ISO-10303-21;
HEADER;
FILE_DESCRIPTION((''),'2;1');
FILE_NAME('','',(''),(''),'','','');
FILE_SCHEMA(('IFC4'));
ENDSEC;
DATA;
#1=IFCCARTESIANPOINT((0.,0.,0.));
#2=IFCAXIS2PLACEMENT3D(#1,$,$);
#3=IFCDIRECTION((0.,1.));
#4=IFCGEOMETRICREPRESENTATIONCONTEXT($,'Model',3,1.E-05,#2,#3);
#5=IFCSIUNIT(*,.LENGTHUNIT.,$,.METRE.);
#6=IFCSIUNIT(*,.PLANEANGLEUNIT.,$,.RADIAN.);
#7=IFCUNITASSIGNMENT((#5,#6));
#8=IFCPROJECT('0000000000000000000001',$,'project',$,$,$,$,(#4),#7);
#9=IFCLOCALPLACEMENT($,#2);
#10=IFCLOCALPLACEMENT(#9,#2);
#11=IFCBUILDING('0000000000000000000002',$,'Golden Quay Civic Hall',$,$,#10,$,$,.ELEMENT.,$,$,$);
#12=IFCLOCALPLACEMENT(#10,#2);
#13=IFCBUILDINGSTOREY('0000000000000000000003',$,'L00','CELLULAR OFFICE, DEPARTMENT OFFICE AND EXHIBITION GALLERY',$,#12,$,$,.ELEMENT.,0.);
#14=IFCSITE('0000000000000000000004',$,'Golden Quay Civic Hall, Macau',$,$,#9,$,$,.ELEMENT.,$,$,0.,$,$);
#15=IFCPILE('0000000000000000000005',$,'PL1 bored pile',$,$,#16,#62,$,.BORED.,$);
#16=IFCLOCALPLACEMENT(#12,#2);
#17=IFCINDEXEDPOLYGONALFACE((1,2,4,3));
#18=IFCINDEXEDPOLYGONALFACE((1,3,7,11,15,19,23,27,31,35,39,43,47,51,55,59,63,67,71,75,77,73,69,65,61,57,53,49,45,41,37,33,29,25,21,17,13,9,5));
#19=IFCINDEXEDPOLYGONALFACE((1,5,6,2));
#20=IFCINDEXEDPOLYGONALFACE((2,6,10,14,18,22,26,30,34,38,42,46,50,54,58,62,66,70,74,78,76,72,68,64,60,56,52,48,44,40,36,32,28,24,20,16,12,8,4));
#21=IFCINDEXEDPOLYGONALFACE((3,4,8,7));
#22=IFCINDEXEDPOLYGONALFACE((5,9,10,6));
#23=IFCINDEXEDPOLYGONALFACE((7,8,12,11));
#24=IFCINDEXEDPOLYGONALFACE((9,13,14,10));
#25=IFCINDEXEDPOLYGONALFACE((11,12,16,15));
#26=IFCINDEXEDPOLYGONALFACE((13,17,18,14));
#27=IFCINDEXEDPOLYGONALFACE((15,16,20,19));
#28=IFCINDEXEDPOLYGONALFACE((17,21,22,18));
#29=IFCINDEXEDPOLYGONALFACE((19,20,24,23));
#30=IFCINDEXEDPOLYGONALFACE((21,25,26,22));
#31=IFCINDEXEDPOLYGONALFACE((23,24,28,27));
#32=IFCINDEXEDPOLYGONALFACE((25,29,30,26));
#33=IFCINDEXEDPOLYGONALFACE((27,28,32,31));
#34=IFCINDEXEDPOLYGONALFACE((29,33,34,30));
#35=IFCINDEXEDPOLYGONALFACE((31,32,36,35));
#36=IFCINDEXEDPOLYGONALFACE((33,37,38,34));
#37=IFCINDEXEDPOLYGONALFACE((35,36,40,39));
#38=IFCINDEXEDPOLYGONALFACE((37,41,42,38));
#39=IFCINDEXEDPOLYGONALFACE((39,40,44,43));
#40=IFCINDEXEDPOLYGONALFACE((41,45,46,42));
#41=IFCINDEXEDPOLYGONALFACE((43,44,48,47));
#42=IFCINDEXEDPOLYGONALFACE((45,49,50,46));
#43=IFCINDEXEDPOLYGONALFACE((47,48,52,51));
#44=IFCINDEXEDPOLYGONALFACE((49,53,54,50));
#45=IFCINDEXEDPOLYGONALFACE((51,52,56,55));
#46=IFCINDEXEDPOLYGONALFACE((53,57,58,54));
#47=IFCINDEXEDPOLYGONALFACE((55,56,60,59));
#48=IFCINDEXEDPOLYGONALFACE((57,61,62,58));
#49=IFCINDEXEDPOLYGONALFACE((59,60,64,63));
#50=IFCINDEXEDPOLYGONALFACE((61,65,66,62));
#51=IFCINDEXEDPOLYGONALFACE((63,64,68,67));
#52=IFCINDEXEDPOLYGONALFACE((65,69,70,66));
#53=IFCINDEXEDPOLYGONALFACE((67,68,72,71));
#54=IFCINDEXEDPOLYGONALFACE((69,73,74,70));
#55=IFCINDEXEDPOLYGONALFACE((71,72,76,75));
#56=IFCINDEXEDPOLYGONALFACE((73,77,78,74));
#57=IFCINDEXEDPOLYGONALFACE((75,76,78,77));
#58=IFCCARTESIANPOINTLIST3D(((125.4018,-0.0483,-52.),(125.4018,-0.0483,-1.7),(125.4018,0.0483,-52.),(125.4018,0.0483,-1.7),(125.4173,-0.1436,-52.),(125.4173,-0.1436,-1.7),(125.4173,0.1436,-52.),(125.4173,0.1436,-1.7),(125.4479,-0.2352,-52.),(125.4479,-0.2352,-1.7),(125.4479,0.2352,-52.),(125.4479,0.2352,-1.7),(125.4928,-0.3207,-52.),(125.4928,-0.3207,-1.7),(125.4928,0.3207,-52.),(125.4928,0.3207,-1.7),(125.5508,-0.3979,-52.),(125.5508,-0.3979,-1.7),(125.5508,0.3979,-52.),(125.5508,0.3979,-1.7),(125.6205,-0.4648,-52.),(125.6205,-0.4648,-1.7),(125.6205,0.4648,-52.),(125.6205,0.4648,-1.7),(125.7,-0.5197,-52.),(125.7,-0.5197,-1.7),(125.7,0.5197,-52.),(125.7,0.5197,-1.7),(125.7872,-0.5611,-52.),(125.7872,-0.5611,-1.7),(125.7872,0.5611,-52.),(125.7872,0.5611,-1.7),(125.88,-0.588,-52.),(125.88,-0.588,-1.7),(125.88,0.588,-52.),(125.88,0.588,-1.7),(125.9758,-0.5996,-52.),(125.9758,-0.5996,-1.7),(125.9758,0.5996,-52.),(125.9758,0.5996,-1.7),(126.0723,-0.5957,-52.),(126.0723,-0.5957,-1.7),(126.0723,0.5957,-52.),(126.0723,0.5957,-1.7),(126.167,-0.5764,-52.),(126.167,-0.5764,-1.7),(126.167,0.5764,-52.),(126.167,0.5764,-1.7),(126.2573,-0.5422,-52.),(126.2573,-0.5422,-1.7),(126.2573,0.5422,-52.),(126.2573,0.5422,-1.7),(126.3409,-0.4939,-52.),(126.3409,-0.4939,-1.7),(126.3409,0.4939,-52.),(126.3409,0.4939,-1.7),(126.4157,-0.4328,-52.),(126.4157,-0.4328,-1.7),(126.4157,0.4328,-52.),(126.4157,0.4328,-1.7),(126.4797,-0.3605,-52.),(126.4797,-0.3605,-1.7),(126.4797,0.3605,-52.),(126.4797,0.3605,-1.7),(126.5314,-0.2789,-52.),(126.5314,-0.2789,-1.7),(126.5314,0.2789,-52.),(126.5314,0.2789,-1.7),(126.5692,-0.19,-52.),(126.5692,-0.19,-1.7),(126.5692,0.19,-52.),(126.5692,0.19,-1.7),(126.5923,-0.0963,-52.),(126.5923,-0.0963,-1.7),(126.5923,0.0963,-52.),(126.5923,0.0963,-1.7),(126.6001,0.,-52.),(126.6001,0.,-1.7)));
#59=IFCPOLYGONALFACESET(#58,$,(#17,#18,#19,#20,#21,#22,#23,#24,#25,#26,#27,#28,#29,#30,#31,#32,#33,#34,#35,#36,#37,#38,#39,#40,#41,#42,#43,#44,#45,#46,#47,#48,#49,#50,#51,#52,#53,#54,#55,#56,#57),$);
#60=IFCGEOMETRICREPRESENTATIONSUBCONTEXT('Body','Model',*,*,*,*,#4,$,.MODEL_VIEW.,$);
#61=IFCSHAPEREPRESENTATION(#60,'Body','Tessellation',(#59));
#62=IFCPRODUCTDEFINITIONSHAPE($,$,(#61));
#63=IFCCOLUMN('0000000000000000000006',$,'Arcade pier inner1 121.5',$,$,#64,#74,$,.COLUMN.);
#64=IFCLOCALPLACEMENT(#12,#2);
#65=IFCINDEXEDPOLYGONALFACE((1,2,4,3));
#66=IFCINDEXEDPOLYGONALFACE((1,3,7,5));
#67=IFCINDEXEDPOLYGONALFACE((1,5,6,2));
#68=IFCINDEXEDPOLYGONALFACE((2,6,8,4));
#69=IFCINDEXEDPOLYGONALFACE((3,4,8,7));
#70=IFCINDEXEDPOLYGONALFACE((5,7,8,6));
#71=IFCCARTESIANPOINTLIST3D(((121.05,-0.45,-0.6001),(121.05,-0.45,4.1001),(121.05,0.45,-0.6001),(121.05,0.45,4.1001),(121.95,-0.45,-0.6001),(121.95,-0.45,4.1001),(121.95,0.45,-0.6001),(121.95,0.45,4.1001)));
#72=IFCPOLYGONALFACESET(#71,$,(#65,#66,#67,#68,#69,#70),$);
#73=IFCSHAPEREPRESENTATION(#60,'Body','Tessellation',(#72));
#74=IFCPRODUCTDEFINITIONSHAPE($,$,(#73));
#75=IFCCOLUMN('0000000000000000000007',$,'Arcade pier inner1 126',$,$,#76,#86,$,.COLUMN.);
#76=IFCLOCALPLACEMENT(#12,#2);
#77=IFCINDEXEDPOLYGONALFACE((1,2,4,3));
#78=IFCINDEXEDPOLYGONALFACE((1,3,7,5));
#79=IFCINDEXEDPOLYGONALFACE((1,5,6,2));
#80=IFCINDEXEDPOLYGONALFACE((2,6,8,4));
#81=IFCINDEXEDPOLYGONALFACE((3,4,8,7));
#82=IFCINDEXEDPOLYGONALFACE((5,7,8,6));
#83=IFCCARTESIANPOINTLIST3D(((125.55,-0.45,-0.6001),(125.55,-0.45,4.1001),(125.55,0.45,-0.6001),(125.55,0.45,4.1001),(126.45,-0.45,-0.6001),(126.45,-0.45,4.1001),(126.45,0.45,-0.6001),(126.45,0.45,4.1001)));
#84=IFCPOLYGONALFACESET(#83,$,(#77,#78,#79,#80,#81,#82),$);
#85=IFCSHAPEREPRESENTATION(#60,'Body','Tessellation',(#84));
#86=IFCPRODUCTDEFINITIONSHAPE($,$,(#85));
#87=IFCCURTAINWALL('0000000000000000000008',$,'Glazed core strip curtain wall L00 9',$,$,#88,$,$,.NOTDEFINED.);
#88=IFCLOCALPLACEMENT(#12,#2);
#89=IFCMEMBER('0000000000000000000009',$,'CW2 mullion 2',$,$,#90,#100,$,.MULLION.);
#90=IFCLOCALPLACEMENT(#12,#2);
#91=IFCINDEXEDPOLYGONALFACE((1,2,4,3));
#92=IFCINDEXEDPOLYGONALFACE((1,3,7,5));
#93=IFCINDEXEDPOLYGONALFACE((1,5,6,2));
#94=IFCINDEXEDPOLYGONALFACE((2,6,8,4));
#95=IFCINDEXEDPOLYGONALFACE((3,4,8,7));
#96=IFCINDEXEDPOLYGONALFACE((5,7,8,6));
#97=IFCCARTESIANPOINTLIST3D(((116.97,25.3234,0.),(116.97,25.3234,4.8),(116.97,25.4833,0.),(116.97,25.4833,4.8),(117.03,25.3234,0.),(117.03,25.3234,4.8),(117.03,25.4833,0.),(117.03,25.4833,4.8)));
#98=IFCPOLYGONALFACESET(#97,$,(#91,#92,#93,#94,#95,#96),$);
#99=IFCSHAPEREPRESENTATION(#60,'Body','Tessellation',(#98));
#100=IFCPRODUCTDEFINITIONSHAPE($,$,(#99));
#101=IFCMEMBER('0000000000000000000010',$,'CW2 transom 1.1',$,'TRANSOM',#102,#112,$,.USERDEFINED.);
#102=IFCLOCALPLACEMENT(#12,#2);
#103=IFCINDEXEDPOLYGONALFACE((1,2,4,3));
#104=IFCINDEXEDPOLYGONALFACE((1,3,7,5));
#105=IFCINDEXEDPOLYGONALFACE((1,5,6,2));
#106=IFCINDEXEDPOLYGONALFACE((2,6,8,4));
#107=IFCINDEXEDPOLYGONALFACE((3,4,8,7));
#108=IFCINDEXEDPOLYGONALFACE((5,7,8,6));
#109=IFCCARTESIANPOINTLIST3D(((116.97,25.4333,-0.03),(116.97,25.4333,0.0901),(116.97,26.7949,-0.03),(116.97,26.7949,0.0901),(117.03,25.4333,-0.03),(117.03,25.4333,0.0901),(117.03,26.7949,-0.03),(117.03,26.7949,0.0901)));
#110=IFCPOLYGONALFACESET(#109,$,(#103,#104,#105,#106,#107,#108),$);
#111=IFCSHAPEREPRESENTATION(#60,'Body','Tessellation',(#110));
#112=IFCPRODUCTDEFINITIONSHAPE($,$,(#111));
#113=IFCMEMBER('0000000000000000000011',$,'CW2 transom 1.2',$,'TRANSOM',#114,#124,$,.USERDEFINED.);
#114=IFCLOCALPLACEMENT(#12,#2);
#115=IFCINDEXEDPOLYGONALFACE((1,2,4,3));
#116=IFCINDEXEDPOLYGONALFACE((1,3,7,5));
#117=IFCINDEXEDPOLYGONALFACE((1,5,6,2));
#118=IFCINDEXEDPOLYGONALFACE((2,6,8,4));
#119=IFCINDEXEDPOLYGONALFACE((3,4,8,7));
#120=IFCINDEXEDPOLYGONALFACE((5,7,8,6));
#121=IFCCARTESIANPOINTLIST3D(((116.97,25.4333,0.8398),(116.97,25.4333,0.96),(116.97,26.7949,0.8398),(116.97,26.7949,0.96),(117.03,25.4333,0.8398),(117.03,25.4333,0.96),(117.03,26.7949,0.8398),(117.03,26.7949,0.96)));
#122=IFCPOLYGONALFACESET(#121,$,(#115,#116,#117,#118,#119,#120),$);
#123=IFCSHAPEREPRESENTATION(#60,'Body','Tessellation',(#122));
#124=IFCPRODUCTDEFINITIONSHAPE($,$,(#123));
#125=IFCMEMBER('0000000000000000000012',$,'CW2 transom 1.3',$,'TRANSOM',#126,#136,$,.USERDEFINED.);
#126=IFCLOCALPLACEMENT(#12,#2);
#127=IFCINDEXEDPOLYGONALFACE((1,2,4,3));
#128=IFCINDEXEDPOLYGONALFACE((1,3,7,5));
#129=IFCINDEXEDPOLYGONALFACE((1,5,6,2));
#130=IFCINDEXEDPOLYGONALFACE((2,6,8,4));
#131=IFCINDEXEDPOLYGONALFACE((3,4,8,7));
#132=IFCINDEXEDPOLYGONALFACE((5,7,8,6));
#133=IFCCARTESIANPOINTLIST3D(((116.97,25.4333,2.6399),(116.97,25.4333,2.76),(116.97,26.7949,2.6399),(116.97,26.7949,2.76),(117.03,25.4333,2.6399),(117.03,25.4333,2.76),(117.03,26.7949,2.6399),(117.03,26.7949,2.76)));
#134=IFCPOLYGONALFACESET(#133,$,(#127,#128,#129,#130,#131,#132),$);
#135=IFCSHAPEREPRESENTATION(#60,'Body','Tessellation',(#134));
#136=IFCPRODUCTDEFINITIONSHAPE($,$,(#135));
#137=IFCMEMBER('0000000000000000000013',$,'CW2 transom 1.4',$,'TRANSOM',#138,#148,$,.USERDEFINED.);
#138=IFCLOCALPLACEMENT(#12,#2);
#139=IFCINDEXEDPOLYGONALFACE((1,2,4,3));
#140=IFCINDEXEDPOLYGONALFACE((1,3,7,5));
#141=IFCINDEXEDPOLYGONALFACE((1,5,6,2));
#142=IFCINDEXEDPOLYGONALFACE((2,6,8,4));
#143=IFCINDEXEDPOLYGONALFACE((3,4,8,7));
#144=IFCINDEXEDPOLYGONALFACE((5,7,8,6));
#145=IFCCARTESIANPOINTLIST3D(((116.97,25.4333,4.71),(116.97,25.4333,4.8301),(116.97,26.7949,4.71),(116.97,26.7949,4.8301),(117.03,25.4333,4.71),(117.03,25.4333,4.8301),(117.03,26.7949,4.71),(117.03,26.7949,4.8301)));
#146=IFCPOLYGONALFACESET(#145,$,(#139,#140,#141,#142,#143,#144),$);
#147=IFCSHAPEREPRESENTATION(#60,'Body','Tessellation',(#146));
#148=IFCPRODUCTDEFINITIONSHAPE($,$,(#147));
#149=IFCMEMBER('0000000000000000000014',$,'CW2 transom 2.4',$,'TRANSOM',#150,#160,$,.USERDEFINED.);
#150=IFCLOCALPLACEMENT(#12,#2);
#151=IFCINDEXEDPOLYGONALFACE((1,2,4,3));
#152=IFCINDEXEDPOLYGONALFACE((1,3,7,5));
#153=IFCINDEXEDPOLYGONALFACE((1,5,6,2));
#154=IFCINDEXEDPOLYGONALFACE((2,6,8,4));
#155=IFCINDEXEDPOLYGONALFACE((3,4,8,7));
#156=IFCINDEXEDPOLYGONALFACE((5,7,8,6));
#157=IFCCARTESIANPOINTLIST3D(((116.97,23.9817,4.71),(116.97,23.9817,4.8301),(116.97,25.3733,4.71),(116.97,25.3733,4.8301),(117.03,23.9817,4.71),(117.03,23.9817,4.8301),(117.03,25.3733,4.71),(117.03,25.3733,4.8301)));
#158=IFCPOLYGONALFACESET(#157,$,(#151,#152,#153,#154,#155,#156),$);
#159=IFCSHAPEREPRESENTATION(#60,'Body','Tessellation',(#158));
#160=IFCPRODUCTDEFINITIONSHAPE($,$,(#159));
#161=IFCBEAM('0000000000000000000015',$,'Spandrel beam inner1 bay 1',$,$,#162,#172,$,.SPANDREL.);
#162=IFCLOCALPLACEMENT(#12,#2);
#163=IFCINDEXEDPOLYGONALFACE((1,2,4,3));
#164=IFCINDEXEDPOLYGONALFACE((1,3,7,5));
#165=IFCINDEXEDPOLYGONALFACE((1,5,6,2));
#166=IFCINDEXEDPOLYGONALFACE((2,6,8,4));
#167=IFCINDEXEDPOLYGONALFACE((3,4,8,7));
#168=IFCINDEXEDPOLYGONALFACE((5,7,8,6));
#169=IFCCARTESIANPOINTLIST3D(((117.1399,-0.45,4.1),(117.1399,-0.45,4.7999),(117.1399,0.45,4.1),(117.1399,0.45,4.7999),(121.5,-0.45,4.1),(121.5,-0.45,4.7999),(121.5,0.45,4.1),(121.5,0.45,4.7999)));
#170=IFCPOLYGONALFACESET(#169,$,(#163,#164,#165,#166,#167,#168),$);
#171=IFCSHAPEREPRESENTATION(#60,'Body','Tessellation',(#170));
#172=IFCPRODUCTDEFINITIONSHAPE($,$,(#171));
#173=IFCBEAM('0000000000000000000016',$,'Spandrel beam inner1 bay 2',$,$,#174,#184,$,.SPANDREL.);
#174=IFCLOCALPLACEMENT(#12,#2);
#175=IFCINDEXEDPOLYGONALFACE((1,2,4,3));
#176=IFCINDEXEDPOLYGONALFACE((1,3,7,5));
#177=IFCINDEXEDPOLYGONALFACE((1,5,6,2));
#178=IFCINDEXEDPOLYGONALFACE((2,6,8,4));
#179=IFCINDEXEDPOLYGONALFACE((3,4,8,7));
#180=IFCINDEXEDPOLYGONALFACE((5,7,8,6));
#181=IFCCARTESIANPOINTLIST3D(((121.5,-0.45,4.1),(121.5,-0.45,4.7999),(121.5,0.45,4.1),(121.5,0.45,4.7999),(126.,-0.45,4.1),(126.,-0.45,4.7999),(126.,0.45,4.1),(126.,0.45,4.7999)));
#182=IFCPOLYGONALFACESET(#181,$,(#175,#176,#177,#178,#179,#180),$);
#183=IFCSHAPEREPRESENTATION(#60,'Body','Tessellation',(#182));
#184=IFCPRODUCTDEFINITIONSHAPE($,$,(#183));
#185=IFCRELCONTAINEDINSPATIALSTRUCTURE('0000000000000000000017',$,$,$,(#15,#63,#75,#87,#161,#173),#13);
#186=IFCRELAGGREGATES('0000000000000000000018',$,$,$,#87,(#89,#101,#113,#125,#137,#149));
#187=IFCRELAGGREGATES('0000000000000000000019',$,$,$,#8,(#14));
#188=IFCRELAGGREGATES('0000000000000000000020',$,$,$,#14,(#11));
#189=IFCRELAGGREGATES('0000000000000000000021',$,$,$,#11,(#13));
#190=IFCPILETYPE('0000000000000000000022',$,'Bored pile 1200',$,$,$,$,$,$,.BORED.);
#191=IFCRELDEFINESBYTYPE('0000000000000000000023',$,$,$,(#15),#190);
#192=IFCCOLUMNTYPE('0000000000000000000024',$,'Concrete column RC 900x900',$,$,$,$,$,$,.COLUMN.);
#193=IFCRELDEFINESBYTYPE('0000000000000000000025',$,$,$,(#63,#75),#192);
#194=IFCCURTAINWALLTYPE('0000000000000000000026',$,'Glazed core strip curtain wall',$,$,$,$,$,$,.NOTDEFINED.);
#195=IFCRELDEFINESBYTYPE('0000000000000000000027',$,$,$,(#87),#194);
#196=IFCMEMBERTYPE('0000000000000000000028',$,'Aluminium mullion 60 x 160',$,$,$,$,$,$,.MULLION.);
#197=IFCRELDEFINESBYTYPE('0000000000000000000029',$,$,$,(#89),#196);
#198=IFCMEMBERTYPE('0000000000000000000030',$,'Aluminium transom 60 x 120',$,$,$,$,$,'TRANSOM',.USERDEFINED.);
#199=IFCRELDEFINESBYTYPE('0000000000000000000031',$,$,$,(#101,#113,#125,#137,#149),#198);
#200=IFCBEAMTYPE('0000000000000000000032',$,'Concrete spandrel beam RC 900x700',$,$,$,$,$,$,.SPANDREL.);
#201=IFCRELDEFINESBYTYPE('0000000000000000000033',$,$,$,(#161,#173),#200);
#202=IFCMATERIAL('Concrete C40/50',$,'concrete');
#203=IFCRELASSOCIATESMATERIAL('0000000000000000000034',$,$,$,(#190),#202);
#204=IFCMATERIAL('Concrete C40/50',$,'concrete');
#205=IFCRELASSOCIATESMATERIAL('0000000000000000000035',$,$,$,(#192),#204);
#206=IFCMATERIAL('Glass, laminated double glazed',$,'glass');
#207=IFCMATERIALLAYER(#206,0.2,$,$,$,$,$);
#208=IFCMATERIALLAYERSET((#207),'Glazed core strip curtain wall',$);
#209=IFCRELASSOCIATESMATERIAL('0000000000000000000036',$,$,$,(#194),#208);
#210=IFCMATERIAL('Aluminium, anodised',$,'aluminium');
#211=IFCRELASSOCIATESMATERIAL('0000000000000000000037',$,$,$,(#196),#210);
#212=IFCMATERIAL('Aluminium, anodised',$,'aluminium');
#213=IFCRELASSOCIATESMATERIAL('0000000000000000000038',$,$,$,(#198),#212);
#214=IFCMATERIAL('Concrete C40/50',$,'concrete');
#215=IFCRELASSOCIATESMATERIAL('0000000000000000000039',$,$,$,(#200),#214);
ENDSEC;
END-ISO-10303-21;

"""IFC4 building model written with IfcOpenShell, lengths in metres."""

from ifc_helpers import new_model, si_unit, direction, frame, origin, origin_2d, place, context, subcontext, project, spatial, rectangle, circle, extrude, material, layer, layer_set, material_profile, profile_set, type_object, element, aggregate, save


model = new_model("IFC4")

# Units and contexts
model_context = context("Model", 3, precision=1e-05, world=origin(), true_north=direction((0.0, 1.0)))
body_context = subcontext(model_context, "Body", "Model", "MODEL_VIEW")
ifc_project = project(units=[si_unit("LENGTHUNIT", "METRE"), si_unit("PLANEANGLEUNIT", "RADIAN")], contexts=[model_context])

# Site, building, storey
site_placement = place(None, origin())
site = spatial("IfcSite", under=ifc_project, at=site_placement, Name="Golden Quay Civic Hall, Macau", CompositionType="ELEMENT", RefElevation=0.0)
building_placement = place(site_placement, origin())
building = spatial("IfcBuilding", under=site, at=building_placement, Name="Golden Quay Civic Hall", CompositionType="ELEMENT")
storey_placement = place(building_placement, origin())
storey = spatial("IfcBuildingStorey", under=building, at=storey_placement, Name="L00", Description="CELLULAR OFFICE, DEPARTMENT OFFICE AND EXHIBITION GALLERY", CompositionType="ELEMENT", Elevation=0.0)

# Pile
ifc_material_1 = material(Name="Concrete C40/50", Category="concrete")
ifc_material_profile_1 = material_profile(ifc_material_1, circle(Radius=0.6001, at=origin_2d()), Name="RC D1200")
ifc_profile_set_1 = profile_set([ifc_material_profile_1], Name="Concrete C40/50")
pile_type = type_object("IfcPileType", Name="Bored pile 1200", PredefinedType="BORED", material=ifc_profile_set_1)
pile_1_placement = place(storey_placement, frame((126.0, 0.0, -1.7), z_axis=(0.0, 0.0, -1.0), x_axis=(1.0, 0.0, 0.0)))
element("IfcPile", 1, at=pile_1_placement, inside=storey, type_object=pile_type, Name="PL1 bored pile", PredefinedType="BORED", context=body_context, shape_type="SweptSolid", body=[
    extrude(circle(Radius=0.6001, at=origin_2d()), origin(), (0.0, 0.0, 1.0), 50.3),
])

# Columns
ifc_material_2 = material(Name="Concrete C40/50", Category="concrete")
ifc_material_profile_2 = material_profile(ifc_material_2, rectangle(XDim=0.8999, YDim=0.8999, at=origin_2d()), Name="RC 900x900")
ifc_profile_set_2 = profile_set([ifc_material_profile_2], Name="Concrete C40/50")
column_type = type_object("IfcColumnType", Name="Concrete column RC 900x900", PredefinedType="COLUMN", material=ifc_profile_set_2)
for number, where, z_axis, x_axis, name in (
    (2, (121.5, 0.0, -0.6001), (0.0, 0.0, 1.0), (1.0, 0.0, 0.0), "Arcade pier inner1 121.5"),
    (3, (126.0, 0.0, -0.6001), (0.0, 0.0, 1.0), (1.0, 0.0, 0.0), "Arcade pier inner1 126"),
):
    element("IfcColumn", number, at=place(storey_placement, frame(where, z_axis=z_axis, x_axis=x_axis)), inside=storey, type_object=column_type, Name=name, PredefinedType="COLUMN", context=body_context, shape_type="SweptSolid", body=[
        extrude(rectangle(XDim=0.8999, YDim=0.8999, at=origin_2d()), origin(), (0.0, 0.0, 1.0), 4.7002),
    ])

# Curtain wall, members
ifc_material_3 = material(Name="Glass, laminated double glazed", Category="glass")
ifc_layer_1 = layer(ifc_material_3, 0.2)
ifc_layer_set_1 = layer_set([ifc_layer_1], Name="Glazed core strip curtain wall")
curtain_wall_type = type_object("IfcCurtainWallType", Name="Glazed core strip curtain wall", PredefinedType="NOTDEFINED", material=ifc_layer_set_1)
curtain_wall_placement = place(storey_placement, origin())
curtain_wall = element("IfcCurtainWall", 4, at=curtain_wall_placement, inside=storey, type_object=curtain_wall_type, Name="Glazed core strip curtain wall L00 9", PredefinedType="NOTDEFINED")
ifc_material_4 = material(Name="Aluminium, anodised", Category="aluminium")
ifc_material_profile_3 = material_profile(ifc_material_4, rectangle(XDim=0.0601, YDim=0.1599, at=origin_2d()), Name="Aluminium 60 x 160")
ifc_profile_set_3 = profile_set([ifc_material_profile_3], Name="Aluminium, anodised")
member_type_1 = type_object("IfcMemberType", Name="Aluminium mullion 60 x 160", PredefinedType="MULLION", material=ifc_profile_set_3)
member_1_placement = place(storey_placement, frame((117.0, 25.4033, 0.0), z_axis=(0.0, 0.0, 1.0), x_axis=(1.0, 0.0, 0.0)))
member_1 = element("IfcMember", 5, at=member_1_placement, type_object=member_type_1, Name="CW2 mullion 2", PredefinedType="MULLION", context=body_context, shape_type="SweptSolid", body=[
    extrude(rectangle(XDim=0.0601, YDim=0.1599, at=origin_2d()), origin(), (0.0, 0.0, 1.0), 4.8),
])
ifc_material_5 = material(Name="Aluminium, anodised", Category="aluminium")
ifc_material_profile_4 = material_profile(ifc_material_5, rectangle(XDim=0.0601, YDim=0.1201, at=origin_2d()), Name="Aluminium 60 x 120")
ifc_profile_set_4 = profile_set([ifc_material_profile_4], Name="Aluminium, anodised")
member_type_2 = type_object("IfcMemberType", Name="Aluminium transom 60 x 120", ElementType="TRANSOM", PredefinedType="USERDEFINED", material=ifc_profile_set_4)
member_2_placement = place(storey_placement, frame((117.0, 26.7949, 0.03), z_axis=(0.0, -1.0, 0.0), x_axis=(1.0, 0.0, 0.0)))
member_2 = element("IfcMember", 6, at=member_2_placement, type_object=member_type_2, Name="CW2 transom 1.1", ObjectType="TRANSOM", PredefinedType="USERDEFINED", context=body_context, shape_type="SweptSolid", body=[
    extrude(rectangle(XDim=0.0601, YDim=0.1201, at=origin_2d()), origin(), (0.0, 0.0, 1.0), 1.3616),
])
member_3_placement = place(storey_placement, frame((117.0, 26.7949, 0.8999), z_axis=(0.0, -1.0, 0.0), x_axis=(1.0, 0.0, 0.0)))
member_3 = element("IfcMember", 7, at=member_3_placement, type_object=member_type_2, Name="CW2 transom 1.2", ObjectType="TRANSOM", PredefinedType="USERDEFINED", context=body_context, shape_type="SweptSolid", body=[
    extrude(rectangle(XDim=0.0601, YDim=0.1201, at=origin_2d()), origin(), (0.0, 0.0, 1.0), 1.3616),
])
member_4_placement = place(storey_placement, frame((117.0, 26.7949, 2.7), z_axis=(0.0, -1.0, 0.0), x_axis=(1.0, 0.0, 0.0)))
member_4 = element("IfcMember", 8, at=member_4_placement, type_object=member_type_2, Name="CW2 transom 1.3", ObjectType="TRANSOM", PredefinedType="USERDEFINED", context=body_context, shape_type="SweptSolid", body=[
    extrude(rectangle(XDim=0.0601, YDim=0.1201, at=origin_2d()), origin(), (0.0, 0.0, 1.0), 1.3616),
])
member_5_placement = place(storey_placement, frame((117.0, 26.7949, 4.77), z_axis=(0.0, -1.0, 0.0), x_axis=(1.0, 0.0, 0.0)))
member_5 = element("IfcMember", 9, at=member_5_placement, type_object=member_type_2, Name="CW2 transom 1.4", ObjectType="TRANSOM", PredefinedType="USERDEFINED", context=body_context, shape_type="SweptSolid", body=[
    extrude(rectangle(XDim=0.0601, YDim=0.1201, at=origin_2d()), origin(), (0.0, 0.0, 1.0), 1.3616),
])
member_6_placement = place(storey_placement, frame((117.0, 25.3733, 4.77), z_axis=(0.0, -1.0, 0.0), x_axis=(1.0, 0.0, 0.0)))
member_6 = element("IfcMember", 10, at=member_6_placement, type_object=member_type_2, Name="CW2 transom 2.4", ObjectType="TRANSOM", PredefinedType="USERDEFINED", context=body_context, shape_type="SweptSolid", body=[
    extrude(rectangle(XDim=0.0601, YDim=0.1201, at=origin_2d()), origin(), (0.0, 0.0, 1.0), 1.3916),
])

# Beams
ifc_material_6 = material(Name="Concrete C40/50", Category="concrete")
ifc_material_profile_5 = material_profile(ifc_material_6, rectangle(XDim=0.8999, YDim=0.7, at=origin_2d()), Name="RC 900x700")
ifc_profile_set_5 = profile_set([ifc_material_profile_5], Name="Concrete C40/50")
beam_type = type_object("IfcBeamType", Name="Concrete spandrel beam RC 900x700", PredefinedType="SPANDREL", material=ifc_profile_set_5)
beam_placement = place(storey_placement, frame((117.1399, 0.0, 4.45), z_axis=(1.0, 0.0, 0.0), x_axis=(0.0, 1.0, 0.0)))
element("IfcBeam", 11, at=beam_placement, inside=storey, type_object=beam_type, Name="Spandrel beam inner1 bay 1", PredefinedType="SPANDREL", context=body_context, shape_type="SweptSolid", body=[
    extrude(rectangle(XDim=0.8999, YDim=0.7, at=origin_2d()), origin(), (0.0, 0.0, 1.0), 4.3601),
])
for number, where, z_axis, x_axis, name in (
    (12, (121.5, 0.0, 4.45), (1.0, 0.0, 0.0), (0.0, 1.0, 0.0), "Spandrel beam inner1 bay 2"),
):
    element("IfcBeam", number, at=place(storey_placement, frame(where, z_axis=z_axis, x_axis=x_axis)), inside=storey, type_object=beam_type, Name=name, PredefinedType="SPANDREL", context=body_context, shape_type="SweptSolid", body=[
        extrude(rectangle(XDim=0.8999, YDim=0.7, at=origin_2d()), origin(), (0.0, 0.0, 1.0), 4.5),
    ])

aggregate(curtain_wall, [member_1, member_2, member_3, member_4, member_5, member_6])

save(model, "model.ifc")
